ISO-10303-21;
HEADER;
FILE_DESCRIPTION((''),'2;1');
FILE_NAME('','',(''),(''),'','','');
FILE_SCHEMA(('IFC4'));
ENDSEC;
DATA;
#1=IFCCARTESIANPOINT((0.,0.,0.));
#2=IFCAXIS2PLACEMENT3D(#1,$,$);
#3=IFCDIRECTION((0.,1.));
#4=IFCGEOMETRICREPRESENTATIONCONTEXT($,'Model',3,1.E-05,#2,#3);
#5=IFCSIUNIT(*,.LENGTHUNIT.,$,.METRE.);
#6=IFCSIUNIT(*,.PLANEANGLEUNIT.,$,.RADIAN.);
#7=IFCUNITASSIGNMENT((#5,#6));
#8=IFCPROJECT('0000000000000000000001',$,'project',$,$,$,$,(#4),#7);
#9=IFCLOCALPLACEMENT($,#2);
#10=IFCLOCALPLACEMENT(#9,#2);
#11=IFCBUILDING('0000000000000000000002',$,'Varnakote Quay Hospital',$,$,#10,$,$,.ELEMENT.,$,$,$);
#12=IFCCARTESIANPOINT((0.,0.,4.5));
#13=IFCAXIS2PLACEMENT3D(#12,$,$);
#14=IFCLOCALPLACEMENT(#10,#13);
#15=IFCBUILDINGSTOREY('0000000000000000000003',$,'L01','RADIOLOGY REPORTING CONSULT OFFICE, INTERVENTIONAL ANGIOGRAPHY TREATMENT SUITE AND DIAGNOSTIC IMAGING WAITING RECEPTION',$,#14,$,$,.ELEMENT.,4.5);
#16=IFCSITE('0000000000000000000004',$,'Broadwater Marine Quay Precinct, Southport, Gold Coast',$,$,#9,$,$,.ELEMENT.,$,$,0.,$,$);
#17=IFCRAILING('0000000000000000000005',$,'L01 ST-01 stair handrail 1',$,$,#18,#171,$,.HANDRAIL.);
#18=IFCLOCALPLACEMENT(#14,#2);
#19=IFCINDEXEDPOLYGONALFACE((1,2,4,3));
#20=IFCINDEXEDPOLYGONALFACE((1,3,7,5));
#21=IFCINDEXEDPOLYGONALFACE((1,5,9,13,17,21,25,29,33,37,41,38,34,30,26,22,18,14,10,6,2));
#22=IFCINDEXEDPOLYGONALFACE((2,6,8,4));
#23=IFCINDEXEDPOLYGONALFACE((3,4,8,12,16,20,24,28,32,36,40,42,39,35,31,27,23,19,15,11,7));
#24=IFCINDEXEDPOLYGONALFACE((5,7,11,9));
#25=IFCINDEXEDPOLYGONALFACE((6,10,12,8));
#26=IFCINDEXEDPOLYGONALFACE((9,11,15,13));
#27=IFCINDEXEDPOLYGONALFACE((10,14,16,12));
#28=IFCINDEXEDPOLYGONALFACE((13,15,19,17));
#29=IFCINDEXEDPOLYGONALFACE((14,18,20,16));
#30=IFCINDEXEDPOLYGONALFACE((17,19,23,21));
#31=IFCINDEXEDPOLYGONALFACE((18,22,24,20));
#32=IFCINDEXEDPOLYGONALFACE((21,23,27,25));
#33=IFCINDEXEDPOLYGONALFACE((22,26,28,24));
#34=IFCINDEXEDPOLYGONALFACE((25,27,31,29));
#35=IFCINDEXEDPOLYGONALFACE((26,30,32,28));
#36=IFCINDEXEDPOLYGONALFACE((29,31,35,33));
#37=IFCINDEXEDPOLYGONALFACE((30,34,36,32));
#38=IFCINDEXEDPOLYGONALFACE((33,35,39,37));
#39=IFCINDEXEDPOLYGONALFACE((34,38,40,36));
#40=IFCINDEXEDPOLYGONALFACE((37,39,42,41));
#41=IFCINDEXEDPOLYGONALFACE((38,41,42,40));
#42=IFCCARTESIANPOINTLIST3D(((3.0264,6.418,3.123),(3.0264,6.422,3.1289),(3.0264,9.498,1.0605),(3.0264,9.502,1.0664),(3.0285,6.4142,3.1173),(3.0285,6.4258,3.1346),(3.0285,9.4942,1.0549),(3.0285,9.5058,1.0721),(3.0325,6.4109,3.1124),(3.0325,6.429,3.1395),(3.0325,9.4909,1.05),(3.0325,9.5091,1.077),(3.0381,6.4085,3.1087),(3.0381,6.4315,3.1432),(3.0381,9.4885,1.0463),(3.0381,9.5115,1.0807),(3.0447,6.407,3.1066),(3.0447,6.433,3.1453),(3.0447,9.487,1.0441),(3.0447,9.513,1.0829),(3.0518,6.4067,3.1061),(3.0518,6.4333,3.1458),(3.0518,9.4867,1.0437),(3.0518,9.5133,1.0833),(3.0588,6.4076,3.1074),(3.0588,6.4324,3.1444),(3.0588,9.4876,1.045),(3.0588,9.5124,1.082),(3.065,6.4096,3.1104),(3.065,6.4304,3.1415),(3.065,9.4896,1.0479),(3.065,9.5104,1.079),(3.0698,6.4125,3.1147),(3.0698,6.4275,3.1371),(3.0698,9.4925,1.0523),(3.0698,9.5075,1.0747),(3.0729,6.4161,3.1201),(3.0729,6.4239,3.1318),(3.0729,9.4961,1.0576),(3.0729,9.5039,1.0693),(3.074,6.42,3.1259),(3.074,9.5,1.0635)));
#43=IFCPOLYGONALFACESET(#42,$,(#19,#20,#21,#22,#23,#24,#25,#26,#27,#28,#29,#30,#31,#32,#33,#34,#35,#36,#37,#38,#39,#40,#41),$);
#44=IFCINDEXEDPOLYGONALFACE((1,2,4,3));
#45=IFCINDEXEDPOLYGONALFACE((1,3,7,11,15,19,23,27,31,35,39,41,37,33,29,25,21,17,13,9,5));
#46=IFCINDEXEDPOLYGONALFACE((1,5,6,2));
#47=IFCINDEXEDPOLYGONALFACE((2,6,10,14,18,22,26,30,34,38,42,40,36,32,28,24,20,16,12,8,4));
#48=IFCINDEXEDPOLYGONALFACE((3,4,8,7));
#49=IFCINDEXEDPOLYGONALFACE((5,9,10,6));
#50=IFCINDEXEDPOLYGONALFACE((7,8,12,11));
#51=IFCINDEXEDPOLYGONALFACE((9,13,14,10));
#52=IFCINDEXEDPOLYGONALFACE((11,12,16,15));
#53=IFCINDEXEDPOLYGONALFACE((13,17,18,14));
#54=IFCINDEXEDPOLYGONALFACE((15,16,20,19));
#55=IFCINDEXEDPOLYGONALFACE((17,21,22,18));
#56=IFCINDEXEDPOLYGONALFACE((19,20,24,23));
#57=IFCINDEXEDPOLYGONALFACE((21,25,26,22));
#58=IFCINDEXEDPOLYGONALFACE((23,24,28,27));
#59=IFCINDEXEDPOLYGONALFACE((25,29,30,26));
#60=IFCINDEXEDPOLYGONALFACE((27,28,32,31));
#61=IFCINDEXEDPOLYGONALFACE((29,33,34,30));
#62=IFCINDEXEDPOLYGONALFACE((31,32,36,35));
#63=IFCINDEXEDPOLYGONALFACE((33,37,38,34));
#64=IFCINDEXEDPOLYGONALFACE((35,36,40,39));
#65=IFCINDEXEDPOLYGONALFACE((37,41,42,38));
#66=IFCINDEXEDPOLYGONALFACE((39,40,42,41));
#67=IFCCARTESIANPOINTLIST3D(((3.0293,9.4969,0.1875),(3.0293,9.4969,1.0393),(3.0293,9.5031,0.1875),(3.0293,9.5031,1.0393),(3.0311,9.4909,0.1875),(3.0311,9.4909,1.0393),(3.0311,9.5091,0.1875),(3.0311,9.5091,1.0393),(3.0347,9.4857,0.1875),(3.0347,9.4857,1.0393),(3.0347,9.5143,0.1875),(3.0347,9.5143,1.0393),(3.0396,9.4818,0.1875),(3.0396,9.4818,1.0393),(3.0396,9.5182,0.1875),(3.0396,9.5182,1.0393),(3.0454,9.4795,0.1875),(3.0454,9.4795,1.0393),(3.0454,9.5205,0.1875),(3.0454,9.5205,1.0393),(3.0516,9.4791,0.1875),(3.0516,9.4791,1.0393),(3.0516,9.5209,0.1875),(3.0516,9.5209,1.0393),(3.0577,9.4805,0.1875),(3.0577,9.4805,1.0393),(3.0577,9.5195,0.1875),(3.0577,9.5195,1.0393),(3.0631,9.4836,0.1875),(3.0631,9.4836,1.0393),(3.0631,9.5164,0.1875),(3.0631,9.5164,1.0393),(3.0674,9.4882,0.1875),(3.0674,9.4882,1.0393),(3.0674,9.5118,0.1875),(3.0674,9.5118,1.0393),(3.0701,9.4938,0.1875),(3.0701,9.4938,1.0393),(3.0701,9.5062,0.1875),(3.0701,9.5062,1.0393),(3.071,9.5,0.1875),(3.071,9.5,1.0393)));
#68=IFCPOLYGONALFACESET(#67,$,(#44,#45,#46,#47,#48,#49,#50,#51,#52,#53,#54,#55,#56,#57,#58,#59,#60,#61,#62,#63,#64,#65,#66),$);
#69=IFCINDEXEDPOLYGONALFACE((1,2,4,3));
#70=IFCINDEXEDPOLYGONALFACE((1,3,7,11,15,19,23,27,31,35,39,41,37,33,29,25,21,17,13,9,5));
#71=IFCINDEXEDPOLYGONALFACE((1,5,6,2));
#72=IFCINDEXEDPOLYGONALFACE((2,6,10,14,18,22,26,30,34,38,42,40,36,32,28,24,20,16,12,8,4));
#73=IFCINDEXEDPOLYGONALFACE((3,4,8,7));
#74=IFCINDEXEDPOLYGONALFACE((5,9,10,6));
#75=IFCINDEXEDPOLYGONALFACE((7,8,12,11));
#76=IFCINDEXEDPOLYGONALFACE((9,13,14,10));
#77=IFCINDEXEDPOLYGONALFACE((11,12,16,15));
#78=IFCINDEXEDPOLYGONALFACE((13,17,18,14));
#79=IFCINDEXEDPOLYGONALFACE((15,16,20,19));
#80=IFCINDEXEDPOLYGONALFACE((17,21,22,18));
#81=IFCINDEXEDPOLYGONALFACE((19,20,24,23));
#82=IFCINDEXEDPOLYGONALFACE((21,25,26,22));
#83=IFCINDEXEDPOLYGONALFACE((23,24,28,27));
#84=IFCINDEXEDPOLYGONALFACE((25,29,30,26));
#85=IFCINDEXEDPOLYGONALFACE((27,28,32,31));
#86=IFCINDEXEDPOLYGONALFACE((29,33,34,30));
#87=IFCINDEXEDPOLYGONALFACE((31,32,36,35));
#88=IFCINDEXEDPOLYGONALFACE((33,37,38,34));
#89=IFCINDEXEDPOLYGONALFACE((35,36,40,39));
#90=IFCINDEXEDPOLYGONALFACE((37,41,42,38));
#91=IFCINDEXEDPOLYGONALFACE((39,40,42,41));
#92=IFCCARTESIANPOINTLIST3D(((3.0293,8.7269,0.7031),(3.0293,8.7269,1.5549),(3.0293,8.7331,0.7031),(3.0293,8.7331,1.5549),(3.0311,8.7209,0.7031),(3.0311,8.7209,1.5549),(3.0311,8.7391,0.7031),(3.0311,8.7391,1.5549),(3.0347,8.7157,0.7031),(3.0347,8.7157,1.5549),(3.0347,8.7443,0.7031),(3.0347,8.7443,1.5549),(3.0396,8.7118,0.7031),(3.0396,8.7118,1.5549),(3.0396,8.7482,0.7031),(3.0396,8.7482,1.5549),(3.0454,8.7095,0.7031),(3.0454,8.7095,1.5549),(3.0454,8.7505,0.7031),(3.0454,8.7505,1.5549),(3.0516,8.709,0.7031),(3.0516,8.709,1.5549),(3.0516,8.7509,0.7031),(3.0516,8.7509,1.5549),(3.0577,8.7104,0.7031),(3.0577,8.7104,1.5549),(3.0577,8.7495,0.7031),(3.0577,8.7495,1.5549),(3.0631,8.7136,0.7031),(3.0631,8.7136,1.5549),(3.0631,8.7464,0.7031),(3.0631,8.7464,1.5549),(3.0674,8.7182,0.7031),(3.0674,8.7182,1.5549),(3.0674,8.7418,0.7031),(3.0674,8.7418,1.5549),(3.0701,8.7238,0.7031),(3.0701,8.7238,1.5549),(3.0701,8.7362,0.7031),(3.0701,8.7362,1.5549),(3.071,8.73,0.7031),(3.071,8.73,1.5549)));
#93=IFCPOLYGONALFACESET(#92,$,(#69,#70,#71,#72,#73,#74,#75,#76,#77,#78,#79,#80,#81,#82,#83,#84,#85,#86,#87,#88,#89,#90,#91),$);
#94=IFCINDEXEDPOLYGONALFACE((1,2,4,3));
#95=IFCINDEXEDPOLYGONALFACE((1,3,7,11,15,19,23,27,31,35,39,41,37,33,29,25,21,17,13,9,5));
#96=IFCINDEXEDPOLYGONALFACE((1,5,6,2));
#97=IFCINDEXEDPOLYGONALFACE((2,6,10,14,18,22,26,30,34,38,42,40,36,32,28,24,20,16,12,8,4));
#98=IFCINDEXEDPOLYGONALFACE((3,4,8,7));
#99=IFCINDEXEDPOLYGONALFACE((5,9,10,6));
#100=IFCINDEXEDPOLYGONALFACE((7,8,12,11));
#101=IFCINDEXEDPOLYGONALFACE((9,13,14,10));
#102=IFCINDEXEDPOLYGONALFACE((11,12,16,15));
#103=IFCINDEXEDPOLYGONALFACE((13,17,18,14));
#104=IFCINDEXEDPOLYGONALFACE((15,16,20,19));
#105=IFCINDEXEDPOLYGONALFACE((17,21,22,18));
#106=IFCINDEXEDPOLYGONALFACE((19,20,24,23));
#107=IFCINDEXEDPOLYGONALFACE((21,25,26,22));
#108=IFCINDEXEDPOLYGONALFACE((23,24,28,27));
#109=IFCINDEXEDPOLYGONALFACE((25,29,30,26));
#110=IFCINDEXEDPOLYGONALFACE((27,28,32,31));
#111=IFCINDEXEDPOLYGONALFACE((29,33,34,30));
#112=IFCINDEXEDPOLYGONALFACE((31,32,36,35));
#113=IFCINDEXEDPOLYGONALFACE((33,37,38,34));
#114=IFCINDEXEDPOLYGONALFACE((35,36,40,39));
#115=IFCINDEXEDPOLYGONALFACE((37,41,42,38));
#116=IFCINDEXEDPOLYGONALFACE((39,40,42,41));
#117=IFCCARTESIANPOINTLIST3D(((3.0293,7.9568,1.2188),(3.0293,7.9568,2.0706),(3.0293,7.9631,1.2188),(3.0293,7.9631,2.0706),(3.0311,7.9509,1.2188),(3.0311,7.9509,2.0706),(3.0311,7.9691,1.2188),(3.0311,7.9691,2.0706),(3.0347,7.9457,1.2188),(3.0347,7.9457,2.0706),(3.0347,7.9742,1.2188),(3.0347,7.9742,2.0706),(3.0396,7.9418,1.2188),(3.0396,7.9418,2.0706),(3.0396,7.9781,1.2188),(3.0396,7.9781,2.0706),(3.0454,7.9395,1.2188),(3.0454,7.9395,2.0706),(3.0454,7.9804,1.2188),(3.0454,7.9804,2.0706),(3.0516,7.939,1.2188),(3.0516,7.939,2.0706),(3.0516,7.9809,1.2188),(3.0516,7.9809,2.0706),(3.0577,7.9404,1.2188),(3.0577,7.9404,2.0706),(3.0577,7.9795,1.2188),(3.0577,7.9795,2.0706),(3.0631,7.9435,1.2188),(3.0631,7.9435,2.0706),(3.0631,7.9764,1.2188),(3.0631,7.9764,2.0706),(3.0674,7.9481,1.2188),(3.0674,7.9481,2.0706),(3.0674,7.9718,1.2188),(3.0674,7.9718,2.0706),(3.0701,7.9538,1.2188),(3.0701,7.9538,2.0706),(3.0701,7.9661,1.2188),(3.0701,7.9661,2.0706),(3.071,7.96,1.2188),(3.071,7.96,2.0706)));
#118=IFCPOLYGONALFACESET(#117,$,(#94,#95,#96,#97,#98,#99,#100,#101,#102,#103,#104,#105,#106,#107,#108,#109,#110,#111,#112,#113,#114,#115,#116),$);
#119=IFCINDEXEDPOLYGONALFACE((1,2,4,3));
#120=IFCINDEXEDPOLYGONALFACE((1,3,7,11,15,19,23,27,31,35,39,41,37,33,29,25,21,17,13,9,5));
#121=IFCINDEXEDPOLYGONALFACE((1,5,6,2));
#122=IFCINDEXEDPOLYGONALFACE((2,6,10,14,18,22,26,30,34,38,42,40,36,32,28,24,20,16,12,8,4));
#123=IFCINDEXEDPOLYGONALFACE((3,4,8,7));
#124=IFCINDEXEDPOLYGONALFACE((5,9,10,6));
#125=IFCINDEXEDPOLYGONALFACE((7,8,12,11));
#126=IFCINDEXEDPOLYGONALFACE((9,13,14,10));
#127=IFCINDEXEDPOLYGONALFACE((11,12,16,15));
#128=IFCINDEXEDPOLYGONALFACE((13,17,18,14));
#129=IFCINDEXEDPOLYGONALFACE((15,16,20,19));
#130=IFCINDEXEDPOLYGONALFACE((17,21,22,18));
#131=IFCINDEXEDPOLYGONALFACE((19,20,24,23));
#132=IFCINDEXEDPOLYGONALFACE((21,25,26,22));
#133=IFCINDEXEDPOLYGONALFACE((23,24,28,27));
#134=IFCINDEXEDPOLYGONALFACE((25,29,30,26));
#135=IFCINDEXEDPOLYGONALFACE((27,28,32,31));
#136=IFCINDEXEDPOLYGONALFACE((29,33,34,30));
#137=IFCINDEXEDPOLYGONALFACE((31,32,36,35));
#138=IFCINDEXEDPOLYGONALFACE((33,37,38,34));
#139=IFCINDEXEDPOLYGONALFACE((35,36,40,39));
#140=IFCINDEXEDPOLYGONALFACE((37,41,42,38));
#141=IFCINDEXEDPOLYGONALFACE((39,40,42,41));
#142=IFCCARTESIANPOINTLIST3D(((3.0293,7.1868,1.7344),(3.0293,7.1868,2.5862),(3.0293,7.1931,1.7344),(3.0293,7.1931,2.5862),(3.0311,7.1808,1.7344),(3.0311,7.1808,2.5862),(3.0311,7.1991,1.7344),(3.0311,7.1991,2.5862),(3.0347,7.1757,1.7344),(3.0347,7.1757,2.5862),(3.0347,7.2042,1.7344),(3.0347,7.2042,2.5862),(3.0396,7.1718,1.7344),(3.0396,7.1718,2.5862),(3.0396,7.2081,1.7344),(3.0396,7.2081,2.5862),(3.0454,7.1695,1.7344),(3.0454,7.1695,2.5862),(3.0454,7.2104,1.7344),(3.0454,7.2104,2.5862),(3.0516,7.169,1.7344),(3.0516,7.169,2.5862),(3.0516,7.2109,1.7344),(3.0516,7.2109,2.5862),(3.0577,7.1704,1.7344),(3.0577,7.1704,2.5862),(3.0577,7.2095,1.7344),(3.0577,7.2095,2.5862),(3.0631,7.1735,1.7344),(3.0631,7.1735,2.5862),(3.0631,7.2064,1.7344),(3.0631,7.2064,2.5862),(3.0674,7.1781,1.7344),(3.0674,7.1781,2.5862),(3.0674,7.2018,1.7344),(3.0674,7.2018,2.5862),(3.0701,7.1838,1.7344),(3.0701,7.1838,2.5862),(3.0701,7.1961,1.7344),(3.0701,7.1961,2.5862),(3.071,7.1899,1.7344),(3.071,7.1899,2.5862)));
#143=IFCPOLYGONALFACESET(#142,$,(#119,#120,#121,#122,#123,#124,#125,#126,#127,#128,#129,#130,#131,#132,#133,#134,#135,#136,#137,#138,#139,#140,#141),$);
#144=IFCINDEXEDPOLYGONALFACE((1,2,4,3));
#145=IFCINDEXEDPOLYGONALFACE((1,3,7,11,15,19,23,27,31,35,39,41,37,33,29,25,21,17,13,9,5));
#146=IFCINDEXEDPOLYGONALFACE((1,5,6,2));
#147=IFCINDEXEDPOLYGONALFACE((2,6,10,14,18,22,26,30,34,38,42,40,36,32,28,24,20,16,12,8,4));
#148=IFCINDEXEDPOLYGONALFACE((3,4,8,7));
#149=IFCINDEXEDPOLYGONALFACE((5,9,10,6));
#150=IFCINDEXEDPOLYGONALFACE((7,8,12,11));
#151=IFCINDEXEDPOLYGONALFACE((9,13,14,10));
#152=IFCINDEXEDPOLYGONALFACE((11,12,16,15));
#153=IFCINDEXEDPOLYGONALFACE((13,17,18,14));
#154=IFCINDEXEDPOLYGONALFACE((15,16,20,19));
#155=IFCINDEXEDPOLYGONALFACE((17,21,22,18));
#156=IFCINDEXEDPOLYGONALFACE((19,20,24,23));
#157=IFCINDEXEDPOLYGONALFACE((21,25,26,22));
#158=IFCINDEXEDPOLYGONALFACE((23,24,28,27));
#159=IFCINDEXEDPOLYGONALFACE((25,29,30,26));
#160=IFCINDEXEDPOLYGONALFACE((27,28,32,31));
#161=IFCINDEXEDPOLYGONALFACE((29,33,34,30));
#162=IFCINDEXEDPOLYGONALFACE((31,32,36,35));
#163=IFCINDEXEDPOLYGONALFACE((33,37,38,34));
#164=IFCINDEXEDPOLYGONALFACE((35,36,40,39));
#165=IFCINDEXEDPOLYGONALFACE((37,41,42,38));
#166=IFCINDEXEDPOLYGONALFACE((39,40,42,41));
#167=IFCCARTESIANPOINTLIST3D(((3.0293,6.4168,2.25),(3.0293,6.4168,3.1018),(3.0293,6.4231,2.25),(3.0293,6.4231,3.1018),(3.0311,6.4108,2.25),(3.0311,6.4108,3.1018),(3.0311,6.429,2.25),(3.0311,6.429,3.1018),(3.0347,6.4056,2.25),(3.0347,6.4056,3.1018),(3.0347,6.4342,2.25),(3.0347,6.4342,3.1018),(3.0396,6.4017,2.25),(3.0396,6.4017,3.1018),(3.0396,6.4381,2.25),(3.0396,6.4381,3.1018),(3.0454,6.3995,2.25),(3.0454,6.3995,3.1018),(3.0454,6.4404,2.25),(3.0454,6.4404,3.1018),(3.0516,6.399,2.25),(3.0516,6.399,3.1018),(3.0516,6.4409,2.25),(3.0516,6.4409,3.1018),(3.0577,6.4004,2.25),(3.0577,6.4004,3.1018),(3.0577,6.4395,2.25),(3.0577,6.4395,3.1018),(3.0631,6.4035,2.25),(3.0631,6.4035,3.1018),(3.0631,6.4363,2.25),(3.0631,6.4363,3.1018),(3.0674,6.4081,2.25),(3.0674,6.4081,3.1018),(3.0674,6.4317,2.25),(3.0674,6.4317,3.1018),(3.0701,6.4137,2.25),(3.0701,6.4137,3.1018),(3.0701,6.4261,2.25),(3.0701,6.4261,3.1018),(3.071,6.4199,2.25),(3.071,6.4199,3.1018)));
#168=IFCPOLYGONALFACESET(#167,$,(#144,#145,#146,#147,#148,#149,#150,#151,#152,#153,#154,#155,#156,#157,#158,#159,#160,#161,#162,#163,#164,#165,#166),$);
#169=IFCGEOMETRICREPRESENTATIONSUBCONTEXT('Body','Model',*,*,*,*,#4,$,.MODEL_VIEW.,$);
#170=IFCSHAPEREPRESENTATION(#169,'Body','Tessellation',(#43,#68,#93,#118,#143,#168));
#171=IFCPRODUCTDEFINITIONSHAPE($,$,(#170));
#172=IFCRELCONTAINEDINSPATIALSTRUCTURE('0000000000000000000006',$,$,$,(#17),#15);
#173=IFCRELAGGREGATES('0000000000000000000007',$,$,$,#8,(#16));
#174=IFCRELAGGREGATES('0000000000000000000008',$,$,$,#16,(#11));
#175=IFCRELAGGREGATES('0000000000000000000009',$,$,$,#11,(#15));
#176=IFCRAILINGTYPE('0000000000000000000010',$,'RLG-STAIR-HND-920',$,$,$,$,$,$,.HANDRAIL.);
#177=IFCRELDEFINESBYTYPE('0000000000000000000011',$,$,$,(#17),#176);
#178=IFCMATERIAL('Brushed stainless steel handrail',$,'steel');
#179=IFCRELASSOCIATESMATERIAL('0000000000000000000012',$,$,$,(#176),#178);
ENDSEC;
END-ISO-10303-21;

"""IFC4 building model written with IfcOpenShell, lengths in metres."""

from ifc_helpers import new_model, si_unit, direction, frame, origin, origin_2d, place, context, subcontext, project, spatial, circle, extrude, material, type_object, element, save


model = new_model("IFC4")

# Units and contexts
model_context = context("Model", 3, precision=1e-05, world=origin(), true_north=direction((0.0, 1.0)))
body_context = subcontext(model_context, "Body", "Model", "MODEL_VIEW")
ifc_project = project(units=[si_unit("LENGTHUNIT", "METRE"), si_unit("PLANEANGLEUNIT", "RADIAN")], contexts=[model_context])

# Site, building, storey
site_placement = place(None, origin())
site = spatial("IfcSite", under=ifc_project, at=site_placement, Name="Broadwater Marine Quay Precinct, Southport, Gold Coast", CompositionType="ELEMENT", RefElevation=0.0)
building_placement = place(site_placement, origin())
building = spatial("IfcBuilding", under=site, at=building_placement, Name="Varnakote Quay Hospital", CompositionType="ELEMENT")
storey_placement = place(building_placement, frame((0.0, 0.0, 4.5)))
storey = spatial("IfcBuildingStorey", under=building, at=storey_placement, Name="L01", Description="RADIOLOGY REPORTING CONSULT OFFICE, INTERVENTIONAL ANGIOGRAPHY TREATMENT SUITE AND DIAGNOSTIC IMAGING WAITING RECEPTION", CompositionType="ELEMENT", Elevation=4.5)

# Railing
ifc_material_1 = material(Name="Brushed stainless steel handrail", Category="steel")
railing_type_1 = type_object("IfcRailingType", Name="RLG-STAIR-HND-920", PredefinedType="HANDRAIL", material=ifc_material_1)
railing_1_placement = place(storey_placement, frame((3.05, 9.5, 0.1875)))
element("IfcRailing", 1, at=railing_1_placement, inside=storey, type_object=railing_type_1, Name="L01 ST-01 stair handrail 1", PredefinedType="HANDRAIL", context=body_context, shape_type="SweptSolid", body=[
    extrude(circle(Radius=0.0239, at=origin_2d()), frame((0.0, 0.0, 0.876), z_axis=(0.0, -0.830914, 0.556401), x_axis=(1.0, 0.0, 0.0)), (0.0, 0.0, 1.0), 3.7068),
    extrude(circle(Radius=0.021, at=origin_2d()), origin(), (0.0, 0.0, 1.0), 0.8518),
    extrude(circle(Radius=0.021, at=origin_2d()), frame((0.0, -0.77, 0.5156)), (0.0, 0.0, 1.0), 0.8518),
    extrude(circle(Radius=0.021, at=origin_2d()), frame((0.0, -1.54, 1.0312)), (0.0, 0.0, 1.0), 0.8518),
    extrude(circle(Radius=0.021, at=origin_2d()), frame((0.0, -2.3101, 1.5469)), (0.0, 0.0, 1.0), 0.8518),
    extrude(circle(Radius=0.021, at=origin_2d()), frame((0.0, -3.0801, 2.0625)), (0.0, 0.0, 1.0), 0.8518),
])

save(model, "model.ifc")
